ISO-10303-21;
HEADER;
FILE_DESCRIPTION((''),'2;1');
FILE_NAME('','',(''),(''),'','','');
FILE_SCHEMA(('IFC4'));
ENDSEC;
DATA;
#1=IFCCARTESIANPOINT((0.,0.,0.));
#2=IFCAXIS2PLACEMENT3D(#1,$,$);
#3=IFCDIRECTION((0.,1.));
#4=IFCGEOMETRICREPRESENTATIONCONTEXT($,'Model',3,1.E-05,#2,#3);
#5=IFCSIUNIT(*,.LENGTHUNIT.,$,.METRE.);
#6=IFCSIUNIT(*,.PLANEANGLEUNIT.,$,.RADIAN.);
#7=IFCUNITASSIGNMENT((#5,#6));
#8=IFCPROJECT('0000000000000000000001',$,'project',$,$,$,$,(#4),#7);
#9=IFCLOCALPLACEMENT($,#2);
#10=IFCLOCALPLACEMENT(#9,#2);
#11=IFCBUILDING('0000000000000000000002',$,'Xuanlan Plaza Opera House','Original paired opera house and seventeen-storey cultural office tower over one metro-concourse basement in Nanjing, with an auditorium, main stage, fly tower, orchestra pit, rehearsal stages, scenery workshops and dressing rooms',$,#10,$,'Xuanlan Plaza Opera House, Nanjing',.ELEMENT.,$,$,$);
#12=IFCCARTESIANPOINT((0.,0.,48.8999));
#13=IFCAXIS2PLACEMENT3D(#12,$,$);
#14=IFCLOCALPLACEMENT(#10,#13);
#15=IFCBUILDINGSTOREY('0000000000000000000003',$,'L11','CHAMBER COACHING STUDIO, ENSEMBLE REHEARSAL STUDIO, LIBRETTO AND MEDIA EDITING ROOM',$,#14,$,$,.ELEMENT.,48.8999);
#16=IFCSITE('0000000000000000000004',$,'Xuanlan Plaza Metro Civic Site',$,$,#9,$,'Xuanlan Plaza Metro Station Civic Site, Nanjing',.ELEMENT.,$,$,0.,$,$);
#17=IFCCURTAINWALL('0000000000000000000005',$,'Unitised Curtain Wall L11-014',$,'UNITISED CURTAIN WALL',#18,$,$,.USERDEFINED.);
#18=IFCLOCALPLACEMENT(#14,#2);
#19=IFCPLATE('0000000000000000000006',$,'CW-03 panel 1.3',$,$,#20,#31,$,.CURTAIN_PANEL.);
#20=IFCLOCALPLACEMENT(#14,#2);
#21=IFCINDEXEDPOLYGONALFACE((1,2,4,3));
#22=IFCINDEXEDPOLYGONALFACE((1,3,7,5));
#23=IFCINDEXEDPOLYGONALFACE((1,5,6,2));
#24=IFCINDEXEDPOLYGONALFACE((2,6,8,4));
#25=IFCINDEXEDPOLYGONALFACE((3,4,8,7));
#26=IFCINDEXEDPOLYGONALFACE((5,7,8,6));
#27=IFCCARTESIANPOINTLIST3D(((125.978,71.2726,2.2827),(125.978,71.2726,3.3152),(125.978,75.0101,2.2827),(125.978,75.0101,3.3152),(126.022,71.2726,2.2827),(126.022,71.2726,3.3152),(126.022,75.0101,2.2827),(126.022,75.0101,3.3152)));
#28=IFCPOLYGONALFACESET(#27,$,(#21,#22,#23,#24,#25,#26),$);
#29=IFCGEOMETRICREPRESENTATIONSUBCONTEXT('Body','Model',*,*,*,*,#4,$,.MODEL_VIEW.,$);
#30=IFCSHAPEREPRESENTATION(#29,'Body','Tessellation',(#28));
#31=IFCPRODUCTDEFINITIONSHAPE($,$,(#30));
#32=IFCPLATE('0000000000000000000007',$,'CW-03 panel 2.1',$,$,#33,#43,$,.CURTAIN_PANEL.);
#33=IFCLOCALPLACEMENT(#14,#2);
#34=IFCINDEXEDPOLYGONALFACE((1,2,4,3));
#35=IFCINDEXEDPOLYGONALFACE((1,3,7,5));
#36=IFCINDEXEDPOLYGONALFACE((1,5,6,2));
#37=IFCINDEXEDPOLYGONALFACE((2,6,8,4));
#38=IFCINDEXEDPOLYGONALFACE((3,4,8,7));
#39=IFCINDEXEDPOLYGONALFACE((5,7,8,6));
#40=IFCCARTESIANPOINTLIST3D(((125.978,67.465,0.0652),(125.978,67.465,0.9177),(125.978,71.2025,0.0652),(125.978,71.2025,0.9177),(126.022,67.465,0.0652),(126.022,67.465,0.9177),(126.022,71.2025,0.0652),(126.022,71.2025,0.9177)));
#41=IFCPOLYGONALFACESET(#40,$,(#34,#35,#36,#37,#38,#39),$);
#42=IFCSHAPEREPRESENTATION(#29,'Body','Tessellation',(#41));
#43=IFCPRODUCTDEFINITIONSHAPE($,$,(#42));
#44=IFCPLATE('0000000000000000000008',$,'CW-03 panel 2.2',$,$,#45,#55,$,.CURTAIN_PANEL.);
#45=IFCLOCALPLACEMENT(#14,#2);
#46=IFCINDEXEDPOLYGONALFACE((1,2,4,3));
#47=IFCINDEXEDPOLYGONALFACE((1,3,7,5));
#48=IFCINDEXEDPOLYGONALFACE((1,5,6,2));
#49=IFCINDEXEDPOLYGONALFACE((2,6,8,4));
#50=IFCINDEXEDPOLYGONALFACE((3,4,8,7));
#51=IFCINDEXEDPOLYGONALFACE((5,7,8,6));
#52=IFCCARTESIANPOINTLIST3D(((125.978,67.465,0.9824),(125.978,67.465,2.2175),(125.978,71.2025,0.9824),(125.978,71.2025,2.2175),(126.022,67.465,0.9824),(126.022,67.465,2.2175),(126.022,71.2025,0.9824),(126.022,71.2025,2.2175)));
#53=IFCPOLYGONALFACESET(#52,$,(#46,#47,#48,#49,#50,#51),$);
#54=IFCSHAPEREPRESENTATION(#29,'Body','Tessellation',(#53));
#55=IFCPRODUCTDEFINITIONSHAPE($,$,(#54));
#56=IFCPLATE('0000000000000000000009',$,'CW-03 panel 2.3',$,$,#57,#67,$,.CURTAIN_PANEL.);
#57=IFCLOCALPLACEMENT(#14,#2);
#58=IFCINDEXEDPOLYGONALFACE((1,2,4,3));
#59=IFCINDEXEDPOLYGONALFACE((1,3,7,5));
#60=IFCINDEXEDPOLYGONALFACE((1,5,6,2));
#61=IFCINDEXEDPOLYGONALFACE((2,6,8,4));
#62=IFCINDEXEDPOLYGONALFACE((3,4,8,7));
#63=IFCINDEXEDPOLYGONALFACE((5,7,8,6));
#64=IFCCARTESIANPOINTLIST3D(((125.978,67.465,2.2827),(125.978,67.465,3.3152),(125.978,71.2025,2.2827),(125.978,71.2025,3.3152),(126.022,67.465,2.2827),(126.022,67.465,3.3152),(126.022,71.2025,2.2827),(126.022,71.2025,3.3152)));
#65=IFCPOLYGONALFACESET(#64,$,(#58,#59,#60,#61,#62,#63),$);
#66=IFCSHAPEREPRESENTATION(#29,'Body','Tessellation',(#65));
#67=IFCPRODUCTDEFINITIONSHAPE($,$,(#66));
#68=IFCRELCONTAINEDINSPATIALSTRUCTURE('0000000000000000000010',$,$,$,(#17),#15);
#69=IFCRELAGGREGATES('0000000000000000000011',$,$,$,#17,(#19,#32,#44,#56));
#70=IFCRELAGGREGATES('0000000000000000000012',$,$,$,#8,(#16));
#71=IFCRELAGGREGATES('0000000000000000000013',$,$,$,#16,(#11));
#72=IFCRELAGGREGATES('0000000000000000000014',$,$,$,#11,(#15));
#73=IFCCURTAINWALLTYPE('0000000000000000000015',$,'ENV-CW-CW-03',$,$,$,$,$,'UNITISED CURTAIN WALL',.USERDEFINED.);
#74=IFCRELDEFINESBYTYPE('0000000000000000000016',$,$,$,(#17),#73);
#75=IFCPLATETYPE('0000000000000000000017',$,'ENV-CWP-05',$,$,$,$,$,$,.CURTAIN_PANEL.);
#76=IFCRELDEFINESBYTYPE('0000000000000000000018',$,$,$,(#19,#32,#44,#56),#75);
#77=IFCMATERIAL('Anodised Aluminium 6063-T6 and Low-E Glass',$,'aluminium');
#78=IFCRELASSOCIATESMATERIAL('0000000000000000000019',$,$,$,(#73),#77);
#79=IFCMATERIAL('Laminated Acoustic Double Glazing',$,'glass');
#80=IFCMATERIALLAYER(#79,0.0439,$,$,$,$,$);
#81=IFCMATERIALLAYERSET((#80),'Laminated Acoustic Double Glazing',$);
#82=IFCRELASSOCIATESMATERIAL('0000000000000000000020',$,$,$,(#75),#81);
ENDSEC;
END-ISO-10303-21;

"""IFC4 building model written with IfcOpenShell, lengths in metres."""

from ifc_helpers import new_model, si_unit, direction, frame, origin, origin_2d, place, context, subcontext, project, spatial, rectangle, extrude, material, layer, layer_set, type_object, element, aggregate, save


model = new_model("IFC4")

# Units and contexts
model_context = context("Model", 3, precision=1e-05, world=origin(), true_north=direction((0.0, 1.0)))
body_context = subcontext(model_context, "Body", "Model", "MODEL_VIEW")
ifc_project = project(units=[si_unit("LENGTHUNIT", "METRE"), si_unit("PLANEANGLEUNIT", "RADIAN")], contexts=[model_context])

# Site, building, storey
site_placement = place(None, origin())
site = spatial("IfcSite", under=ifc_project, at=site_placement, Name="Xuanlan Plaza Metro Civic Site", LongName="Xuanlan Plaza Metro Station Civic Site, Nanjing", CompositionType="ELEMENT", RefElevation=0.0)
building_placement = place(site_placement, origin())
building = spatial("IfcBuilding", under=site, at=building_placement, Name="Xuanlan Plaza Opera House", Description="Original paired opera house and seventeen-storey cultural office tower over one metro-concourse basement in Nanjing, with an auditorium, main stage, fly tower, orchestra pit, rehearsal stages, scenery workshops and dressing rooms", LongName="Xuanlan Plaza Opera House, Nanjing", CompositionType="ELEMENT")
storey_placement = place(building_placement, frame((0.0, 0.0, 48.8999)))
storey = spatial("IfcBuildingStorey", under=building, at=storey_placement, Name="L11", Description="CHAMBER COACHING STUDIO, ENSEMBLE REHEARSAL STUDIO, LIBRETTO AND MEDIA EDITING ROOM", CompositionType="ELEMENT", Elevation=48.8999)

# Curtain wall
ifc_material_1 = material(Name="Anodised Aluminium 6063-T6 and Low-E Glass", Category="aluminium")
curtain_wall_type_1 = type_object("IfcCurtainWallType", Name="ENV-CW-CW-03", ElementType="UNITISED CURTAIN WALL", PredefinedType="USERDEFINED", material=ifc_material_1)
curtain_wall_1_placement = place(storey_placement, origin())
curtain_wall_1 = element("IfcCurtainWall", 1, at=curtain_wall_1_placement, inside=storey, type_object=curtain_wall_type_1, Name="Unitised Curtain Wall L11-014", ObjectType="UNITISED CURTAIN WALL", PredefinedType="USERDEFINED")

# Plates
ifc_material_2 = material(Name="Laminated Acoustic Double Glazing", Category="glass")
ifc_layer_1 = layer(ifc_material_2, 0.0439)
ifc_layer_set_1 = layer_set([ifc_layer_1], Name="Laminated Acoustic Double Glazing")
plate_type_1 = type_object("IfcPlateType", Name="ENV-CWP-05", PredefinedType="CURTAIN_PANEL", material=ifc_layer_set_1)
plate_1_placement = place(storey_placement, frame((126.0, 73.1414, 2.2827), z_axis=(0.0, 0.0, 1.0), x_axis=(0.0, -1.0, 0.0)))
plate_1 = element("IfcPlate", 2, at=plate_1_placement, type_object=plate_type_1, Name="CW-03 panel 1.3", PredefinedType="CURTAIN_PANEL", context=body_context, shape_type="SweptSolid", body=[
    extrude(rectangle(XDim=3.7375, YDim=0.0439, at=origin_2d()), origin(), (0.0, 0.0, 1.0), 1.0325),
])
plate_2_placement = place(storey_placement, frame((126.0, 69.3337, 0.0652), z_axis=(0.0, 0.0, 1.0), x_axis=(0.0, -1.0, 0.0)))
plate_2 = element("IfcPlate", 3, at=plate_2_placement, type_object=plate_type_1, Name="CW-03 panel 2.1", PredefinedType="CURTAIN_PANEL", context=body_context, shape_type="SweptSolid", body=[
    extrude(rectangle(XDim=3.7375, YDim=0.0439, at=origin_2d()), origin(), (0.0, 0.0, 1.0), 0.8525),
])
plate_3_placement = place(storey_placement, frame((126.0, 69.3337, 0.9824), z_axis=(0.0, 0.0, 1.0), x_axis=(0.0, -1.0, 0.0)))
plate_3 = element("IfcPlate", 4, at=plate_3_placement, type_object=plate_type_1, Name="CW-03 panel 2.2", PredefinedType="CURTAIN_PANEL", context=body_context, shape_type="SweptSolid", body=[
    extrude(rectangle(XDim=3.7375, YDim=0.0439, at=origin_2d()), origin(), (0.0, 0.0, 1.0), 1.2351),
])
plate_4_placement = place(storey_placement, frame((126.0, 69.3337, 2.2827), z_axis=(0.0, 0.0, 1.0), x_axis=(0.0, -1.0, 0.0)))
plate_4 = element("IfcPlate", 5, at=plate_4_placement, type_object=plate_type_1, Name="CW-03 panel 2.3", PredefinedType="CURTAIN_PANEL", context=body_context, shape_type="SweptSolid", body=[
    extrude(rectangle(XDim=3.7375, YDim=0.0439, at=origin_2d()), origin(), (0.0, 0.0, 1.0), 1.0325),
])
aggregate(curtain_wall_1, [plate_1, plate_2, plate_3, plate_4])

save(model, "model.ifc")
